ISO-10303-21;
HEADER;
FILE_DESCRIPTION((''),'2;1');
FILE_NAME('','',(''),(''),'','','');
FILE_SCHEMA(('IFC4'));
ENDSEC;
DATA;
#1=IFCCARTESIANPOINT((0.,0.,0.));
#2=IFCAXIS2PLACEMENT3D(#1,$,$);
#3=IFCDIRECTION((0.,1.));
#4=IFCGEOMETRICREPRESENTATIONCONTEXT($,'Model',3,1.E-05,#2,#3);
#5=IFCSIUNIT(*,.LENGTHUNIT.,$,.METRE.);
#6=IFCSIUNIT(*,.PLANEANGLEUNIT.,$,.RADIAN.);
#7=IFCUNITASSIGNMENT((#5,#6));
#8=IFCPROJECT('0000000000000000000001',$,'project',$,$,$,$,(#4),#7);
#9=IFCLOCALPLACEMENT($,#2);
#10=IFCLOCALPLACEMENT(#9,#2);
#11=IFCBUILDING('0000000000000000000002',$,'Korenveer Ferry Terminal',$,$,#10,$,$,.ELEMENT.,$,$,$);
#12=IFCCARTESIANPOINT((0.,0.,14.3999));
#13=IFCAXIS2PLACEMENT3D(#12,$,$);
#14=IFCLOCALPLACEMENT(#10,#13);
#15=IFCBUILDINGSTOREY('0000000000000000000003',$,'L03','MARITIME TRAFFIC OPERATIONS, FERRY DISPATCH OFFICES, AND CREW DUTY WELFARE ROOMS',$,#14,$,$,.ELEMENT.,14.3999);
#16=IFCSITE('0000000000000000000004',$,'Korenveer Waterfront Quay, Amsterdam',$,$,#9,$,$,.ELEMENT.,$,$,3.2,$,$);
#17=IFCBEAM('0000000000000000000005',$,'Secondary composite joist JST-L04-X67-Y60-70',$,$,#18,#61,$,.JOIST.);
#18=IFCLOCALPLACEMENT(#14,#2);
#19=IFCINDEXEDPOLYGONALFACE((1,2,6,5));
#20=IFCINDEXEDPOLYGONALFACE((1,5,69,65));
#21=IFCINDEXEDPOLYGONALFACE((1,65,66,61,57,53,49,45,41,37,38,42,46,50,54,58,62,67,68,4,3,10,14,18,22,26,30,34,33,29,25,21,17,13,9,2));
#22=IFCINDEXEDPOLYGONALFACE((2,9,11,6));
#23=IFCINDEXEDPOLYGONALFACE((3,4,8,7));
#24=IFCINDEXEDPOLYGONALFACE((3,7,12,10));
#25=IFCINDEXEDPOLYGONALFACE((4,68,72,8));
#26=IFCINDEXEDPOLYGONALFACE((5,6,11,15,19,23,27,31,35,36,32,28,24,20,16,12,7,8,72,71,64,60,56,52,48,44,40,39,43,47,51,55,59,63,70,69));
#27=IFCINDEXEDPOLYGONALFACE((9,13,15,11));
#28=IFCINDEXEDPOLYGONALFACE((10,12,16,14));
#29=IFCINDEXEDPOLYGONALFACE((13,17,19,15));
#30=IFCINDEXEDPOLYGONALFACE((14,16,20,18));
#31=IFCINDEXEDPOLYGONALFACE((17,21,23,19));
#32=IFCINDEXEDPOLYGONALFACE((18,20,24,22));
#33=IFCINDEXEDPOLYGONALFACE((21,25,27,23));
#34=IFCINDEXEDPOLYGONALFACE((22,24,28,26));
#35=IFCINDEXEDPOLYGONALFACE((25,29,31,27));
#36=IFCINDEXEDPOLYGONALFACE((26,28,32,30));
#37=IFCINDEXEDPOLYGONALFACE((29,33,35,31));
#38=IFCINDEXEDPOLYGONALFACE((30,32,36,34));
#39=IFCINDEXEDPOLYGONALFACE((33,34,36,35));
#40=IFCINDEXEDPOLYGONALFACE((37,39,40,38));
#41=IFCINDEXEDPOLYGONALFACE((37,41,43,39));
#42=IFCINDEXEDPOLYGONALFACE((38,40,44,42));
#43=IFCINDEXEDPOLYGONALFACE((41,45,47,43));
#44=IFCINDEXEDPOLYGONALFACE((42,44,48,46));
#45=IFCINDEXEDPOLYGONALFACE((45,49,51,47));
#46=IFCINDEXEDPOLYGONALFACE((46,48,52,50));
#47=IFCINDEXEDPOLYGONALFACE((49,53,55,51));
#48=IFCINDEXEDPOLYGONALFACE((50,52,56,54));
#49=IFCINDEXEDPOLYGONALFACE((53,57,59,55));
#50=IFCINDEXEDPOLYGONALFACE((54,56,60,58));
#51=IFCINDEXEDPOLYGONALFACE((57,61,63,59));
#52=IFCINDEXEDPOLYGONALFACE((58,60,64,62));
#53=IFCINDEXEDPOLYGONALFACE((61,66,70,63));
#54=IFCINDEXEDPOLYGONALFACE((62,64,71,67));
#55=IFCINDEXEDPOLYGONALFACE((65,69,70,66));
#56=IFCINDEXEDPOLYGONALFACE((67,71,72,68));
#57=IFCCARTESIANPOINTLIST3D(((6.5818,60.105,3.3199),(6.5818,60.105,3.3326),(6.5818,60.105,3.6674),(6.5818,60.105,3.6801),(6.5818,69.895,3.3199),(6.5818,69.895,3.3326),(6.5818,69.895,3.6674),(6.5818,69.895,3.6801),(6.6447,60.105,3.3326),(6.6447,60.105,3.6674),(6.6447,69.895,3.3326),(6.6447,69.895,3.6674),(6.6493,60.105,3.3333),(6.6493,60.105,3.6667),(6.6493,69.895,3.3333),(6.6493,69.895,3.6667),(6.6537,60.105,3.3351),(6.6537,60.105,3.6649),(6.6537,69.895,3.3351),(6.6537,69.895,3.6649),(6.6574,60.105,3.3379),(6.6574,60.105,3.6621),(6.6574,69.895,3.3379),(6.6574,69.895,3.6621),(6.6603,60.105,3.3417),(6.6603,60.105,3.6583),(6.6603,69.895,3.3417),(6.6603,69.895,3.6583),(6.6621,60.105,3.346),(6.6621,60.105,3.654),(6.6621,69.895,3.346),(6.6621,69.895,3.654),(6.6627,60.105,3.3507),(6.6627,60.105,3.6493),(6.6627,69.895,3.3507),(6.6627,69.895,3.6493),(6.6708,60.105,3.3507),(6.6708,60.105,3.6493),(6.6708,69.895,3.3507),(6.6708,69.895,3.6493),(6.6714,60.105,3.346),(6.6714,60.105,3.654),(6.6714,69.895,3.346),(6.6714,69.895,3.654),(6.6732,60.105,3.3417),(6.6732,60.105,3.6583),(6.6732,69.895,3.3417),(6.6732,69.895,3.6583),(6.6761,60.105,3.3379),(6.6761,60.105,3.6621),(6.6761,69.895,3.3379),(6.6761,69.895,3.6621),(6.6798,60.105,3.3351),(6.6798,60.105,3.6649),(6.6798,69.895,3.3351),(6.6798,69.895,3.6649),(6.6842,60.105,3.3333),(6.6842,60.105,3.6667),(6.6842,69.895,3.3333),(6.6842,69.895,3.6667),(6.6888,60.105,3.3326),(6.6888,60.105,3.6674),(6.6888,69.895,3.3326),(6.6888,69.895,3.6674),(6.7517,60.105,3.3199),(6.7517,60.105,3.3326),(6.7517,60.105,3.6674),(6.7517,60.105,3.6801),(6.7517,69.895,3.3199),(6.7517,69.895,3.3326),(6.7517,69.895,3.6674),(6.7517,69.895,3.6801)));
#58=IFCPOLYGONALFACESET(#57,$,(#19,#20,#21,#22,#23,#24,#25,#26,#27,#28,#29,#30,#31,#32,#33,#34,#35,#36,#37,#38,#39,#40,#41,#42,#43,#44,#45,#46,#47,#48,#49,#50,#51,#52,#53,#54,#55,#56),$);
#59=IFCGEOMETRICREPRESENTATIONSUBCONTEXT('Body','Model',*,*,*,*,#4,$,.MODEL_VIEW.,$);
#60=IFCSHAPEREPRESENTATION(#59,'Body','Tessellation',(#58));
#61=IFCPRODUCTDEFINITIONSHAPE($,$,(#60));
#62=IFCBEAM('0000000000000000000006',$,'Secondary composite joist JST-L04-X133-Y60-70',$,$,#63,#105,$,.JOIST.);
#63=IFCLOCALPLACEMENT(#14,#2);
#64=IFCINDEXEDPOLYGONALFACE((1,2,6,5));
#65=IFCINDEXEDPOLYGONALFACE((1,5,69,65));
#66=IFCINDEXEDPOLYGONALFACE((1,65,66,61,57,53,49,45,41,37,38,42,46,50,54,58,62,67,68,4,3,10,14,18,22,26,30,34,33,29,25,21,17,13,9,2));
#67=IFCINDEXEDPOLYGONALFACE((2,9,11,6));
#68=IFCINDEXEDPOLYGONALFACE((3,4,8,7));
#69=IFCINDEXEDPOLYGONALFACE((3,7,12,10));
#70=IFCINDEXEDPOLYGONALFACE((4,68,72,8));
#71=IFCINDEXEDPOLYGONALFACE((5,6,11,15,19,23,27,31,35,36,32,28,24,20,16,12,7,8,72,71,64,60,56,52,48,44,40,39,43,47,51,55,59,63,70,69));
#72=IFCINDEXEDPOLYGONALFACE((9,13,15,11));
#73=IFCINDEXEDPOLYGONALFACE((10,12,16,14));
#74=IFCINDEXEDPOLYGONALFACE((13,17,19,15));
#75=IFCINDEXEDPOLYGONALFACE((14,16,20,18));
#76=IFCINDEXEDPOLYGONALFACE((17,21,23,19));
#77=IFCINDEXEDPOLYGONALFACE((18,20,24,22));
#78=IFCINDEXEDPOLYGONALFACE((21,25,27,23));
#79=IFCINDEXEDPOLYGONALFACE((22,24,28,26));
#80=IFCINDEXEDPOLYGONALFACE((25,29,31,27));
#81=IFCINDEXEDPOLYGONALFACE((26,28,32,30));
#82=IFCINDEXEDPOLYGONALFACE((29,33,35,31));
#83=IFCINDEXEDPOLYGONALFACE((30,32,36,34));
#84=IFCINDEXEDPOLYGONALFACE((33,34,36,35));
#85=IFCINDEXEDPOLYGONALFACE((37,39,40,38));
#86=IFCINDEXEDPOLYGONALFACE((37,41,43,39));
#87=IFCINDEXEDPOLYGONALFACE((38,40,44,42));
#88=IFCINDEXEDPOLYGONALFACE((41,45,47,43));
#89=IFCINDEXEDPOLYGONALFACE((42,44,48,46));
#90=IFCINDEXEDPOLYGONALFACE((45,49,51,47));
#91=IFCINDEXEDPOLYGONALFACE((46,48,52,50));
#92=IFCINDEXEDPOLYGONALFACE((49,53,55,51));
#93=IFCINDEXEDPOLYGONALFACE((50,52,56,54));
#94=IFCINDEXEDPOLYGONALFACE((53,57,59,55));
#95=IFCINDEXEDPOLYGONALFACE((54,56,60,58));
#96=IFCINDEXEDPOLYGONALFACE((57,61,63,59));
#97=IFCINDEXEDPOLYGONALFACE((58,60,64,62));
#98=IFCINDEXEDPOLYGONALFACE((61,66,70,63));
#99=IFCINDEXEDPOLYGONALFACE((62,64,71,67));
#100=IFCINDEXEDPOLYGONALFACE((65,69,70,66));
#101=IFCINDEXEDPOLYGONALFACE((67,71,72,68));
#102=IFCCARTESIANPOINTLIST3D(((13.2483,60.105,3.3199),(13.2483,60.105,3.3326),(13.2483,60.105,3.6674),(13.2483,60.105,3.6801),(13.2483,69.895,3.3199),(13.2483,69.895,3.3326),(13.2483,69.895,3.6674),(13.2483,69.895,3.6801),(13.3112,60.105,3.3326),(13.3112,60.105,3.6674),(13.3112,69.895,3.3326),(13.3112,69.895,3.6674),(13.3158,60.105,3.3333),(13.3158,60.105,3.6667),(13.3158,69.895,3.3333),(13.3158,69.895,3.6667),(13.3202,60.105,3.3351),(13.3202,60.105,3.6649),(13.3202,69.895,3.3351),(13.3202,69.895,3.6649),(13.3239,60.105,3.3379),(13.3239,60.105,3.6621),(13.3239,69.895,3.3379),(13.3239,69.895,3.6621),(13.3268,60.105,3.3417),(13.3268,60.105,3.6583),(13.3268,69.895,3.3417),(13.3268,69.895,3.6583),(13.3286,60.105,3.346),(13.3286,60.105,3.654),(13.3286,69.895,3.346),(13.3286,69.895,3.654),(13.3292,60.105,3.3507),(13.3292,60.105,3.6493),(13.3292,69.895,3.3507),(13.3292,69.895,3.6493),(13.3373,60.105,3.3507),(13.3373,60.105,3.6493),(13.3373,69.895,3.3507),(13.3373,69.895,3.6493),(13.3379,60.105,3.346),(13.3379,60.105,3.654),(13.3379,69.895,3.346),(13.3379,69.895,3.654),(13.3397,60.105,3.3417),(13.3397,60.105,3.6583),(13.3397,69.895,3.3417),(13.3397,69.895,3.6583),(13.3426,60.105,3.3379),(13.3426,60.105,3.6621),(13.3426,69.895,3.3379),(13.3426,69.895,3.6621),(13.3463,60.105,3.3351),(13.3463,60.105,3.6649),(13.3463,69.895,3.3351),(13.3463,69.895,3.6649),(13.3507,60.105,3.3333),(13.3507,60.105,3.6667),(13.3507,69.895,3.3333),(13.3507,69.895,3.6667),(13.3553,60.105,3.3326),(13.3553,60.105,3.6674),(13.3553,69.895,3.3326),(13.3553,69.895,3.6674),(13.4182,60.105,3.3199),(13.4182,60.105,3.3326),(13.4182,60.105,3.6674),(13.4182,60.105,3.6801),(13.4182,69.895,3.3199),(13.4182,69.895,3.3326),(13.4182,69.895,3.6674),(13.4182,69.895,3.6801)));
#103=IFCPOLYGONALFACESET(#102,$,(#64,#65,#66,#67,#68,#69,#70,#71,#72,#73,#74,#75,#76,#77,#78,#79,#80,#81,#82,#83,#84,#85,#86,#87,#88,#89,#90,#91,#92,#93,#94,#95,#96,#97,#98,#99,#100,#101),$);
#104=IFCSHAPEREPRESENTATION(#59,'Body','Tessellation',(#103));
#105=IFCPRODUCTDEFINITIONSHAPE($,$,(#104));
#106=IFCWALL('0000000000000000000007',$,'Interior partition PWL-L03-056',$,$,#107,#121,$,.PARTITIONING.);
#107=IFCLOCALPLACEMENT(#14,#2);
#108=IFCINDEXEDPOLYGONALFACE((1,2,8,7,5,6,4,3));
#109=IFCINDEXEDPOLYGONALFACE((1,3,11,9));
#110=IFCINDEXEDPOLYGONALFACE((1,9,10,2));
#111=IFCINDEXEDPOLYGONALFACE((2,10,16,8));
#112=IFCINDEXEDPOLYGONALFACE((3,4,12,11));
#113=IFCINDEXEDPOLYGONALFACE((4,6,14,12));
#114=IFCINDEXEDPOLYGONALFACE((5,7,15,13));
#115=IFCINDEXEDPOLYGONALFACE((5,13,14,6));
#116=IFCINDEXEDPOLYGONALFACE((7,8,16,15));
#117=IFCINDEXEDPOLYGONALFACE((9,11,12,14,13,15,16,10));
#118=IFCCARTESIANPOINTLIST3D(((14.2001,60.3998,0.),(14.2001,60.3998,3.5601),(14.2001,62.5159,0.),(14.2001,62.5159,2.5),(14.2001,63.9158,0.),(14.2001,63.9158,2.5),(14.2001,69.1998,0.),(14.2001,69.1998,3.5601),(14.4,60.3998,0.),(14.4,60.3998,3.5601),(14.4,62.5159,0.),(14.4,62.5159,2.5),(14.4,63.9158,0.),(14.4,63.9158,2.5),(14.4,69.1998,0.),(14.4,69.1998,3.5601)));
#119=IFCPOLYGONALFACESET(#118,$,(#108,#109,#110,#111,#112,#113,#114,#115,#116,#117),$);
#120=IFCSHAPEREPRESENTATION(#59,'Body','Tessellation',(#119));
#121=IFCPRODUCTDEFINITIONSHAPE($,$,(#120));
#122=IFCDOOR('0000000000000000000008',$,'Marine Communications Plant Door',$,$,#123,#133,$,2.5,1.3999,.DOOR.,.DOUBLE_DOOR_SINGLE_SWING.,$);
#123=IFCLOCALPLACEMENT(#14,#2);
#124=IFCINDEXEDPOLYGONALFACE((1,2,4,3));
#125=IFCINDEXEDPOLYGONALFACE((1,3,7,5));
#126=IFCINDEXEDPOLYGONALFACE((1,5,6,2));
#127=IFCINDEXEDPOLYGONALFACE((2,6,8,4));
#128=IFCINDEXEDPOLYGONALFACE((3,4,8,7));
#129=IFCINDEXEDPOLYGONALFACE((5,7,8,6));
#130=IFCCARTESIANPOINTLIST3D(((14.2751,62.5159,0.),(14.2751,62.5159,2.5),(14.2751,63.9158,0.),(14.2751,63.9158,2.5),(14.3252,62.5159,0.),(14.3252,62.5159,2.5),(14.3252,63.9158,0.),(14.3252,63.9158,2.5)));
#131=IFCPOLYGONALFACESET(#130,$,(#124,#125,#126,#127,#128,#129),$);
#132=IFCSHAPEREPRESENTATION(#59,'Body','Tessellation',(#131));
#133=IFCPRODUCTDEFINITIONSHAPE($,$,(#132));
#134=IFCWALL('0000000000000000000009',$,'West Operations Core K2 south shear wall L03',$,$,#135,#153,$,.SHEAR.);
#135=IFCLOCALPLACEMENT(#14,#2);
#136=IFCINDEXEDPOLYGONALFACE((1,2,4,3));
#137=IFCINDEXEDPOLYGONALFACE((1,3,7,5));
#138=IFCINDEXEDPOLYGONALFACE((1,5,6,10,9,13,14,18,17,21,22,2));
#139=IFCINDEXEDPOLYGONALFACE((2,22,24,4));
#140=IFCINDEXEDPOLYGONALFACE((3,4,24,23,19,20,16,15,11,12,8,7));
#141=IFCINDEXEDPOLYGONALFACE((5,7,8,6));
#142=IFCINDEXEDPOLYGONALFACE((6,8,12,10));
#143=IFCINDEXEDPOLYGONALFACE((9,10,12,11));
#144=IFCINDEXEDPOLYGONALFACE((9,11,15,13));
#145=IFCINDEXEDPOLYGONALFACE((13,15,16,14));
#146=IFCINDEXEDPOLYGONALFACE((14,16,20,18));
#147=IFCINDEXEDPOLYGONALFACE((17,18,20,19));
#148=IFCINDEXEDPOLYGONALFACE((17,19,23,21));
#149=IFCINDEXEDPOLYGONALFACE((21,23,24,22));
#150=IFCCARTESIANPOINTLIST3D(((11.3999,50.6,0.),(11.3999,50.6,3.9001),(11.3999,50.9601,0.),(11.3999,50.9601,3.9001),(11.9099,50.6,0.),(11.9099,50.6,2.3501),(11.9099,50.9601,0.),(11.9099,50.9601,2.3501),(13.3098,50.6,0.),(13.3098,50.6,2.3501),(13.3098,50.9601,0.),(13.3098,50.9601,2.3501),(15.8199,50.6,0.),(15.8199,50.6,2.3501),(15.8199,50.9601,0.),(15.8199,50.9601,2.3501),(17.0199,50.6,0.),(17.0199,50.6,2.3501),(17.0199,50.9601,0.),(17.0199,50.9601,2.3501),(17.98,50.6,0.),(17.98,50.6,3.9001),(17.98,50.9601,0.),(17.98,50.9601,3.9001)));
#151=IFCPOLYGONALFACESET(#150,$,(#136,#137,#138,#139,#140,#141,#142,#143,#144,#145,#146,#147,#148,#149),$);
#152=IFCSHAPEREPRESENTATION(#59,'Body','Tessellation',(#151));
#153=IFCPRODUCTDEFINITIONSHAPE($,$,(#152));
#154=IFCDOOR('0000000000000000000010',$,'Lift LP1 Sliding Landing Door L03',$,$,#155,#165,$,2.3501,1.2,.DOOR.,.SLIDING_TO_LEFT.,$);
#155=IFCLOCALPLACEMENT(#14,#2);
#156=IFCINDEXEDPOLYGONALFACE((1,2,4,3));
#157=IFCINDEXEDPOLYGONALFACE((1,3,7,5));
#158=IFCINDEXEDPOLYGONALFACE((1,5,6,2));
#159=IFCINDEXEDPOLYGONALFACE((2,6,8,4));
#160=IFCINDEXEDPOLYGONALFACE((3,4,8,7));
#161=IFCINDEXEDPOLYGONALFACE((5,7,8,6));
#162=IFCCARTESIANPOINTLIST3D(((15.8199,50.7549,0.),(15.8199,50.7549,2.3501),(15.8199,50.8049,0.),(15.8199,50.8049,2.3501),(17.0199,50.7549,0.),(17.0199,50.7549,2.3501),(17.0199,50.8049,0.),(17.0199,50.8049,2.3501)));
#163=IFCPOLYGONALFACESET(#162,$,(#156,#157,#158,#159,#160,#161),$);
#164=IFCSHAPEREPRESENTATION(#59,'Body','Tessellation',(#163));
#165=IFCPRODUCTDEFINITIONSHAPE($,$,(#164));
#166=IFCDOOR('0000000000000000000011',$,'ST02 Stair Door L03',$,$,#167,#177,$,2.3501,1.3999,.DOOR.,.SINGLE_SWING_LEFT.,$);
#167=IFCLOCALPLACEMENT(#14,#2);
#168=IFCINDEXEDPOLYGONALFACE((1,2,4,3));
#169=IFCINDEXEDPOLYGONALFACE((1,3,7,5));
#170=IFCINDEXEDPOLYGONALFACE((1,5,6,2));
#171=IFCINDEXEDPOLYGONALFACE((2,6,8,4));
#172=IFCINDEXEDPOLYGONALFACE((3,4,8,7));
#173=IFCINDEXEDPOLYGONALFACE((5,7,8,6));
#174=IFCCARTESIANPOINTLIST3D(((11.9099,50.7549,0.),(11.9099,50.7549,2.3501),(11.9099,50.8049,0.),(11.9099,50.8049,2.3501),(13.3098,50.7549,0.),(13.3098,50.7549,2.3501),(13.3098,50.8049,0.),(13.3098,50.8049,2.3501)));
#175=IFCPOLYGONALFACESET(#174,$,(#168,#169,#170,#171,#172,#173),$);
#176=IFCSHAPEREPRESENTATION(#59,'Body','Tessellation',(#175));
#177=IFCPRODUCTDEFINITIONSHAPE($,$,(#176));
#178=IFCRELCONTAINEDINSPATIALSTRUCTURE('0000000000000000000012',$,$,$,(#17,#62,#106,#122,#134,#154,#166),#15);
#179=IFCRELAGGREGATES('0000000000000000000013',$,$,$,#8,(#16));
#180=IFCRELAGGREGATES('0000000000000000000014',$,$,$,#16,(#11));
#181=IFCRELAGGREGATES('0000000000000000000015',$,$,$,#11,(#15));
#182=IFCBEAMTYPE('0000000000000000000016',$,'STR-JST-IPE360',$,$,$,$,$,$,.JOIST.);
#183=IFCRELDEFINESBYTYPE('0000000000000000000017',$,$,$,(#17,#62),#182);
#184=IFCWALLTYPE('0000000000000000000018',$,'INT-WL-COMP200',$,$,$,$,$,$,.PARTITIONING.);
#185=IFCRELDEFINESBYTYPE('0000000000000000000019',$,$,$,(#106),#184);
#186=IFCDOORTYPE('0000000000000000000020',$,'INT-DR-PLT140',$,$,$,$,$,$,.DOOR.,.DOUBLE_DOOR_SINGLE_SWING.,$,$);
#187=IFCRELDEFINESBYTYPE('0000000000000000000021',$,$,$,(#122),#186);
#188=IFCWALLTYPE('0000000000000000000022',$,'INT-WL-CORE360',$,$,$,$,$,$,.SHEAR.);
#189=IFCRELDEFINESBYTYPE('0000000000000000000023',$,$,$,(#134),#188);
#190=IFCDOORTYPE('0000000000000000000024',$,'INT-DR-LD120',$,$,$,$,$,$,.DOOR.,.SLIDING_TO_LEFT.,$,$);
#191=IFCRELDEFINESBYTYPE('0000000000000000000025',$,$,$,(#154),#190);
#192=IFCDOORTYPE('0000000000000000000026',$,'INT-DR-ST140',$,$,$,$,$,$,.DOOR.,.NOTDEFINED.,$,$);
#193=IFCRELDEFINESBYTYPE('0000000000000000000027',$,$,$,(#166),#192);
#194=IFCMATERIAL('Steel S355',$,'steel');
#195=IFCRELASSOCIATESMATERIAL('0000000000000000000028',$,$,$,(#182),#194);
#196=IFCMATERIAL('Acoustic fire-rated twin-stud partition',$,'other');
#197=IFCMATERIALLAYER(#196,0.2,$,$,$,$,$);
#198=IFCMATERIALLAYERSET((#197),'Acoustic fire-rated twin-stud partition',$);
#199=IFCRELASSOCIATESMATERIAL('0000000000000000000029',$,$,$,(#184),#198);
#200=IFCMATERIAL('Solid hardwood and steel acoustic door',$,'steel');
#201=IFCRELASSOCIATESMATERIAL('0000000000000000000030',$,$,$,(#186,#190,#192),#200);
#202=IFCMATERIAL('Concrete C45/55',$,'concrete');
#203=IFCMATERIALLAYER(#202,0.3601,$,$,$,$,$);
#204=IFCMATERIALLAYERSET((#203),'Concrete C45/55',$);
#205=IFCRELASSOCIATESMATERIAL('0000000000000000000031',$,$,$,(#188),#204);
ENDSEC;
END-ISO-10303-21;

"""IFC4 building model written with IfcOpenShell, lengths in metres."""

from ifc_helpers import new_model, si_unit, direction, frame, frame_2d, origin, origin_2d, place, context, subcontext, project, spatial, rectangle, i_section, extrude, material, layer, layer_set, material_profile, profile_set, type_object, element, fill, save


model = new_model("IFC4")

# Units and contexts
model_context = context("Model", 3, precision=1e-05, world=origin(), true_north=direction((0.0, 1.0)))
body_context = subcontext(model_context, "Body", "Model", "MODEL_VIEW")
ifc_project = project(units=[si_unit("LENGTHUNIT", "METRE"), si_unit("PLANEANGLEUNIT", "RADIAN")], contexts=[model_context])

# Site, building, storey
site_placement = place(None, origin())
site = spatial("IfcSite", under=ifc_project, at=site_placement, Name="Korenveer Waterfront Quay, Amsterdam", CompositionType="ELEMENT", RefElevation=3.2)
building_placement = place(site_placement, origin())
building = spatial("IfcBuilding", under=site, at=building_placement, Name="Korenveer Ferry Terminal", CompositionType="ELEMENT")
storey_placement = place(building_placement, frame((0.0, 0.0, 14.3999)))
storey = spatial("IfcBuildingStorey", under=building, at=storey_placement, Name="L03", Description="MARITIME TRAFFIC OPERATIONS, FERRY DISPATCH OFFICES, AND CREW DUTY WELFARE ROOMS", CompositionType="ELEMENT", Elevation=14.3999)

# Shared definitions
ifc_material_1 = material(Name="Concrete C45/55", Category="concrete")

# Beams
ifc_material_2 = material(Name="Steel S355", Category="steel")
ifc_material_profile_1 = material_profile(ifc_material_2, i_section(OverallWidth=0.1699, OverallDepth=0.3601, WebThickness=0.0081, FlangeThickness=0.0127, FilletRadius=0.0181, at=origin_2d()), Name="IPE 360")
ifc_profile_set_1 = profile_set([ifc_material_profile_1], Name="Steel S355")
beam_type_1 = type_object("IfcBeamType", Name="STR-JST-IPE360", PredefinedType="JOIST", material=ifc_profile_set_1)
for number, where, z_axis, x_axis, name in (
    (1, (6.6667, 60.105, 3.5), (0.0, 1.0, 0.0), (-1.0, 0.0, 0.0), "Secondary composite joist JST-L04-X67-Y60-70"),
    (2, (13.3333, 60.105, 3.5), (0.0, 1.0, 0.0), (-1.0, 0.0, 0.0), "Secondary composite joist JST-L04-X133-Y60-70"),
):
    element("IfcBeam", number, at=place(storey_placement, frame(where, z_axis=z_axis, x_axis=x_axis)), inside=storey, type_object=beam_type_1, Name=name, PredefinedType="JOIST", context=body_context, shape_type="SweptSolid", body=[
        extrude(i_section(OverallWidth=0.1699, OverallDepth=0.3601, WebThickness=0.0081, FlangeThickness=0.0127, FilletRadius=0.0181, at=origin_2d()), origin(), (0.0, 0.0, 1.0), 9.79),
    ])

# Wall, opening, door
ifc_material_3 = material(Name="Acoustic fire-rated twin-stud partition", Category="other")
ifc_layer_1 = layer(ifc_material_3, 0.2)
ifc_layer_set_1 = layer_set([ifc_layer_1], Name="Acoustic fire-rated twin-stud partition")
wall_type_1 = type_object("IfcWallType", Name="INT-WL-COMP200", PredefinedType="PARTITIONING", material=ifc_layer_set_1)
wall_1_placement = place(storey_placement, frame((14.3, 60.3999, 0.0), z_axis=(0.0, 0.0, 1.0), x_axis=(0.0, 1.0, 0.0)))
wall_1 = element("IfcWall", 3, at=wall_1_placement, inside=storey, type_object=wall_type_1, Name="Interior partition PWL-L03-056", PredefinedType="PARTITIONING", context=body_context, shape_type="SweptSolid", body=[
    extrude(rectangle(XDim=8.8, YDim=0.2, at=frame_2d((4.3999, 0.0))), origin(), (0.0, 0.0, 1.0), 3.5601),
])
opening_1_placement = place(wall_1_placement, frame((2.116, 0.0, 0.0)))
opening_1 = element("IfcOpeningElement", 4, at=opening_1_placement, cuts=wall_1, PredefinedType="OPENING", context=body_context, shape_type="SweptSolid", body=[
    extrude(rectangle(XDim=1.3999, YDim=2.5, at=frame_2d((0.7, 1.25))), frame((0.0, 0.1099, 0.0), z_axis=(0.0, -1.0, 0.0), x_axis=(1.0, 0.0, 0.0)), (0.0, 0.0, 1.0), 0.22),
])
ifc_material_4 = material(Name="Solid hardwood and steel acoustic door", Category="steel")
door_type_1 = type_object("IfcDoorType", Name="INT-DR-PLT140", OperationType="DOUBLE_DOOR_SINGLE_SWING", PredefinedType="DOOR", material=ifc_material_4)
door_1_placement = place(opening_1_placement, origin())
door_1 = element("IfcDoor", 5, at=door_1_placement, inside=storey, type_object=door_type_1, Name="Marine Communications Plant Door", OperationType="DOUBLE_DOOR_SINGLE_SWING", OverallHeight=2.5, OverallWidth=1.3999, PredefinedType="DOOR", context=body_context, shape_type="SweptSolid", body=[
    extrude(rectangle(XDim=1.3999, YDim=2.5, at=frame_2d((0.7, 1.25))), frame((0.0, 0.0249, 0.0), z_axis=(0.0, -1.0, 0.0), x_axis=(1.0, 0.0, 0.0)), (0.0, 0.0, 1.0), 0.05),
])
fill(opening_1, door_1)

# Wall, openings, doors
ifc_layer_2 = layer(ifc_material_1, 0.3601)
ifc_layer_set_2 = layer_set([ifc_layer_2], Name="Concrete C45/55")
wall_type_2 = type_object("IfcWallType", Name="INT-WL-CORE360", PredefinedType="SHEAR", material=ifc_layer_set_2)
wall_2_placement = place(storey_placement, frame((11.3999, 50.78, 0.0), z_axis=(0.0, 0.0, 1.0), x_axis=(1.0, 0.0, 0.0)))
wall_2 = element("IfcWall", 6, at=wall_2_placement, inside=storey, type_object=wall_type_2, Name="West Operations Core K2 south shear wall L03", PredefinedType="SHEAR", context=body_context, shape_type="SweptSolid", body=[
    extrude(rectangle(XDim=6.5801, YDim=0.3601, at=frame_2d((3.29, 0.0))), origin(), (0.0, 0.0, 1.0), 3.9001),
])
opening_2_placement = place(wall_2_placement, frame((0.51, 0.0, 0.0)))
opening_2 = element("IfcOpeningElement", 7, at=opening_2_placement, cuts=wall_2, PredefinedType="OPENING", context=body_context, shape_type="SweptSolid", body=[
    extrude(rectangle(XDim=1.3999, YDim=2.3501, at=frame_2d((0.7, 1.175))), frame((0.0, 0.1899, 0.0), z_axis=(0.0, -1.0, 0.0), x_axis=(1.0, 0.0, 0.0)), (0.0, 0.0, 1.0), 0.3801),
])
opening_3_placement = place(wall_2_placement, frame((4.4199, 0.0, 0.0)))
opening_3 = element("IfcOpeningElement", 8, at=opening_3_placement, cuts=wall_2, PredefinedType="OPENING", context=body_context, shape_type="SweptSolid", body=[
    extrude(rectangle(XDim=1.2, YDim=2.3501, at=frame_2d((0.6001, 1.175))), frame((0.0, 0.1899, 0.0), z_axis=(0.0, -1.0, 0.0), x_axis=(1.0, 0.0, 0.0)), (0.0, 0.0, 1.0), 0.3801),
])
door_type_2 = type_object("IfcDoorType", Name="INT-DR-LD120", OperationType="SLIDING_TO_LEFT", PredefinedType="DOOR", material=ifc_material_4)
door_2_placement = place(opening_3_placement, origin())
door_2 = element("IfcDoor", 9, at=door_2_placement, inside=storey, type_object=door_type_2, Name="Lift LP1 Sliding Landing Door L03", OperationType="SLIDING_TO_LEFT", OverallHeight=2.3501, OverallWidth=1.2, PredefinedType="DOOR", context=body_context, shape_type="SweptSolid", body=[
    extrude(rectangle(XDim=1.2, YDim=2.3501, at=frame_2d((0.6001, 1.175))), frame((0.0, 0.0249, 0.0), z_axis=(0.0, -1.0, 0.0), x_axis=(1.0, 0.0, 0.0)), (0.0, 0.0, 1.0), 0.05),
])
fill(opening_3, door_2)
door_type_3 = type_object("IfcDoorType", Name="INT-DR-ST140", OperationType="NOTDEFINED", PredefinedType="DOOR", material=ifc_material_4)
door_3_placement = place(opening_2_placement, origin())
door_3 = element("IfcDoor", 10, at=door_3_placement, inside=storey, type_object=door_type_3, Name="ST02 Stair Door L03", OperationType="SINGLE_SWING_LEFT", OverallHeight=2.3501, OverallWidth=1.3999, PredefinedType="DOOR", context=body_context, shape_type="SweptSolid", body=[
    extrude(rectangle(XDim=1.3999, YDim=2.3501, at=frame_2d((0.7, 1.175))), frame((0.0, 0.0249, 0.0), z_axis=(0.0, -1.0, 0.0), x_axis=(1.0, 0.0, 0.0)), (0.0, 0.0, 1.0), 0.05),
])
fill(opening_2, door_3)

save(model, "model.ifc")
